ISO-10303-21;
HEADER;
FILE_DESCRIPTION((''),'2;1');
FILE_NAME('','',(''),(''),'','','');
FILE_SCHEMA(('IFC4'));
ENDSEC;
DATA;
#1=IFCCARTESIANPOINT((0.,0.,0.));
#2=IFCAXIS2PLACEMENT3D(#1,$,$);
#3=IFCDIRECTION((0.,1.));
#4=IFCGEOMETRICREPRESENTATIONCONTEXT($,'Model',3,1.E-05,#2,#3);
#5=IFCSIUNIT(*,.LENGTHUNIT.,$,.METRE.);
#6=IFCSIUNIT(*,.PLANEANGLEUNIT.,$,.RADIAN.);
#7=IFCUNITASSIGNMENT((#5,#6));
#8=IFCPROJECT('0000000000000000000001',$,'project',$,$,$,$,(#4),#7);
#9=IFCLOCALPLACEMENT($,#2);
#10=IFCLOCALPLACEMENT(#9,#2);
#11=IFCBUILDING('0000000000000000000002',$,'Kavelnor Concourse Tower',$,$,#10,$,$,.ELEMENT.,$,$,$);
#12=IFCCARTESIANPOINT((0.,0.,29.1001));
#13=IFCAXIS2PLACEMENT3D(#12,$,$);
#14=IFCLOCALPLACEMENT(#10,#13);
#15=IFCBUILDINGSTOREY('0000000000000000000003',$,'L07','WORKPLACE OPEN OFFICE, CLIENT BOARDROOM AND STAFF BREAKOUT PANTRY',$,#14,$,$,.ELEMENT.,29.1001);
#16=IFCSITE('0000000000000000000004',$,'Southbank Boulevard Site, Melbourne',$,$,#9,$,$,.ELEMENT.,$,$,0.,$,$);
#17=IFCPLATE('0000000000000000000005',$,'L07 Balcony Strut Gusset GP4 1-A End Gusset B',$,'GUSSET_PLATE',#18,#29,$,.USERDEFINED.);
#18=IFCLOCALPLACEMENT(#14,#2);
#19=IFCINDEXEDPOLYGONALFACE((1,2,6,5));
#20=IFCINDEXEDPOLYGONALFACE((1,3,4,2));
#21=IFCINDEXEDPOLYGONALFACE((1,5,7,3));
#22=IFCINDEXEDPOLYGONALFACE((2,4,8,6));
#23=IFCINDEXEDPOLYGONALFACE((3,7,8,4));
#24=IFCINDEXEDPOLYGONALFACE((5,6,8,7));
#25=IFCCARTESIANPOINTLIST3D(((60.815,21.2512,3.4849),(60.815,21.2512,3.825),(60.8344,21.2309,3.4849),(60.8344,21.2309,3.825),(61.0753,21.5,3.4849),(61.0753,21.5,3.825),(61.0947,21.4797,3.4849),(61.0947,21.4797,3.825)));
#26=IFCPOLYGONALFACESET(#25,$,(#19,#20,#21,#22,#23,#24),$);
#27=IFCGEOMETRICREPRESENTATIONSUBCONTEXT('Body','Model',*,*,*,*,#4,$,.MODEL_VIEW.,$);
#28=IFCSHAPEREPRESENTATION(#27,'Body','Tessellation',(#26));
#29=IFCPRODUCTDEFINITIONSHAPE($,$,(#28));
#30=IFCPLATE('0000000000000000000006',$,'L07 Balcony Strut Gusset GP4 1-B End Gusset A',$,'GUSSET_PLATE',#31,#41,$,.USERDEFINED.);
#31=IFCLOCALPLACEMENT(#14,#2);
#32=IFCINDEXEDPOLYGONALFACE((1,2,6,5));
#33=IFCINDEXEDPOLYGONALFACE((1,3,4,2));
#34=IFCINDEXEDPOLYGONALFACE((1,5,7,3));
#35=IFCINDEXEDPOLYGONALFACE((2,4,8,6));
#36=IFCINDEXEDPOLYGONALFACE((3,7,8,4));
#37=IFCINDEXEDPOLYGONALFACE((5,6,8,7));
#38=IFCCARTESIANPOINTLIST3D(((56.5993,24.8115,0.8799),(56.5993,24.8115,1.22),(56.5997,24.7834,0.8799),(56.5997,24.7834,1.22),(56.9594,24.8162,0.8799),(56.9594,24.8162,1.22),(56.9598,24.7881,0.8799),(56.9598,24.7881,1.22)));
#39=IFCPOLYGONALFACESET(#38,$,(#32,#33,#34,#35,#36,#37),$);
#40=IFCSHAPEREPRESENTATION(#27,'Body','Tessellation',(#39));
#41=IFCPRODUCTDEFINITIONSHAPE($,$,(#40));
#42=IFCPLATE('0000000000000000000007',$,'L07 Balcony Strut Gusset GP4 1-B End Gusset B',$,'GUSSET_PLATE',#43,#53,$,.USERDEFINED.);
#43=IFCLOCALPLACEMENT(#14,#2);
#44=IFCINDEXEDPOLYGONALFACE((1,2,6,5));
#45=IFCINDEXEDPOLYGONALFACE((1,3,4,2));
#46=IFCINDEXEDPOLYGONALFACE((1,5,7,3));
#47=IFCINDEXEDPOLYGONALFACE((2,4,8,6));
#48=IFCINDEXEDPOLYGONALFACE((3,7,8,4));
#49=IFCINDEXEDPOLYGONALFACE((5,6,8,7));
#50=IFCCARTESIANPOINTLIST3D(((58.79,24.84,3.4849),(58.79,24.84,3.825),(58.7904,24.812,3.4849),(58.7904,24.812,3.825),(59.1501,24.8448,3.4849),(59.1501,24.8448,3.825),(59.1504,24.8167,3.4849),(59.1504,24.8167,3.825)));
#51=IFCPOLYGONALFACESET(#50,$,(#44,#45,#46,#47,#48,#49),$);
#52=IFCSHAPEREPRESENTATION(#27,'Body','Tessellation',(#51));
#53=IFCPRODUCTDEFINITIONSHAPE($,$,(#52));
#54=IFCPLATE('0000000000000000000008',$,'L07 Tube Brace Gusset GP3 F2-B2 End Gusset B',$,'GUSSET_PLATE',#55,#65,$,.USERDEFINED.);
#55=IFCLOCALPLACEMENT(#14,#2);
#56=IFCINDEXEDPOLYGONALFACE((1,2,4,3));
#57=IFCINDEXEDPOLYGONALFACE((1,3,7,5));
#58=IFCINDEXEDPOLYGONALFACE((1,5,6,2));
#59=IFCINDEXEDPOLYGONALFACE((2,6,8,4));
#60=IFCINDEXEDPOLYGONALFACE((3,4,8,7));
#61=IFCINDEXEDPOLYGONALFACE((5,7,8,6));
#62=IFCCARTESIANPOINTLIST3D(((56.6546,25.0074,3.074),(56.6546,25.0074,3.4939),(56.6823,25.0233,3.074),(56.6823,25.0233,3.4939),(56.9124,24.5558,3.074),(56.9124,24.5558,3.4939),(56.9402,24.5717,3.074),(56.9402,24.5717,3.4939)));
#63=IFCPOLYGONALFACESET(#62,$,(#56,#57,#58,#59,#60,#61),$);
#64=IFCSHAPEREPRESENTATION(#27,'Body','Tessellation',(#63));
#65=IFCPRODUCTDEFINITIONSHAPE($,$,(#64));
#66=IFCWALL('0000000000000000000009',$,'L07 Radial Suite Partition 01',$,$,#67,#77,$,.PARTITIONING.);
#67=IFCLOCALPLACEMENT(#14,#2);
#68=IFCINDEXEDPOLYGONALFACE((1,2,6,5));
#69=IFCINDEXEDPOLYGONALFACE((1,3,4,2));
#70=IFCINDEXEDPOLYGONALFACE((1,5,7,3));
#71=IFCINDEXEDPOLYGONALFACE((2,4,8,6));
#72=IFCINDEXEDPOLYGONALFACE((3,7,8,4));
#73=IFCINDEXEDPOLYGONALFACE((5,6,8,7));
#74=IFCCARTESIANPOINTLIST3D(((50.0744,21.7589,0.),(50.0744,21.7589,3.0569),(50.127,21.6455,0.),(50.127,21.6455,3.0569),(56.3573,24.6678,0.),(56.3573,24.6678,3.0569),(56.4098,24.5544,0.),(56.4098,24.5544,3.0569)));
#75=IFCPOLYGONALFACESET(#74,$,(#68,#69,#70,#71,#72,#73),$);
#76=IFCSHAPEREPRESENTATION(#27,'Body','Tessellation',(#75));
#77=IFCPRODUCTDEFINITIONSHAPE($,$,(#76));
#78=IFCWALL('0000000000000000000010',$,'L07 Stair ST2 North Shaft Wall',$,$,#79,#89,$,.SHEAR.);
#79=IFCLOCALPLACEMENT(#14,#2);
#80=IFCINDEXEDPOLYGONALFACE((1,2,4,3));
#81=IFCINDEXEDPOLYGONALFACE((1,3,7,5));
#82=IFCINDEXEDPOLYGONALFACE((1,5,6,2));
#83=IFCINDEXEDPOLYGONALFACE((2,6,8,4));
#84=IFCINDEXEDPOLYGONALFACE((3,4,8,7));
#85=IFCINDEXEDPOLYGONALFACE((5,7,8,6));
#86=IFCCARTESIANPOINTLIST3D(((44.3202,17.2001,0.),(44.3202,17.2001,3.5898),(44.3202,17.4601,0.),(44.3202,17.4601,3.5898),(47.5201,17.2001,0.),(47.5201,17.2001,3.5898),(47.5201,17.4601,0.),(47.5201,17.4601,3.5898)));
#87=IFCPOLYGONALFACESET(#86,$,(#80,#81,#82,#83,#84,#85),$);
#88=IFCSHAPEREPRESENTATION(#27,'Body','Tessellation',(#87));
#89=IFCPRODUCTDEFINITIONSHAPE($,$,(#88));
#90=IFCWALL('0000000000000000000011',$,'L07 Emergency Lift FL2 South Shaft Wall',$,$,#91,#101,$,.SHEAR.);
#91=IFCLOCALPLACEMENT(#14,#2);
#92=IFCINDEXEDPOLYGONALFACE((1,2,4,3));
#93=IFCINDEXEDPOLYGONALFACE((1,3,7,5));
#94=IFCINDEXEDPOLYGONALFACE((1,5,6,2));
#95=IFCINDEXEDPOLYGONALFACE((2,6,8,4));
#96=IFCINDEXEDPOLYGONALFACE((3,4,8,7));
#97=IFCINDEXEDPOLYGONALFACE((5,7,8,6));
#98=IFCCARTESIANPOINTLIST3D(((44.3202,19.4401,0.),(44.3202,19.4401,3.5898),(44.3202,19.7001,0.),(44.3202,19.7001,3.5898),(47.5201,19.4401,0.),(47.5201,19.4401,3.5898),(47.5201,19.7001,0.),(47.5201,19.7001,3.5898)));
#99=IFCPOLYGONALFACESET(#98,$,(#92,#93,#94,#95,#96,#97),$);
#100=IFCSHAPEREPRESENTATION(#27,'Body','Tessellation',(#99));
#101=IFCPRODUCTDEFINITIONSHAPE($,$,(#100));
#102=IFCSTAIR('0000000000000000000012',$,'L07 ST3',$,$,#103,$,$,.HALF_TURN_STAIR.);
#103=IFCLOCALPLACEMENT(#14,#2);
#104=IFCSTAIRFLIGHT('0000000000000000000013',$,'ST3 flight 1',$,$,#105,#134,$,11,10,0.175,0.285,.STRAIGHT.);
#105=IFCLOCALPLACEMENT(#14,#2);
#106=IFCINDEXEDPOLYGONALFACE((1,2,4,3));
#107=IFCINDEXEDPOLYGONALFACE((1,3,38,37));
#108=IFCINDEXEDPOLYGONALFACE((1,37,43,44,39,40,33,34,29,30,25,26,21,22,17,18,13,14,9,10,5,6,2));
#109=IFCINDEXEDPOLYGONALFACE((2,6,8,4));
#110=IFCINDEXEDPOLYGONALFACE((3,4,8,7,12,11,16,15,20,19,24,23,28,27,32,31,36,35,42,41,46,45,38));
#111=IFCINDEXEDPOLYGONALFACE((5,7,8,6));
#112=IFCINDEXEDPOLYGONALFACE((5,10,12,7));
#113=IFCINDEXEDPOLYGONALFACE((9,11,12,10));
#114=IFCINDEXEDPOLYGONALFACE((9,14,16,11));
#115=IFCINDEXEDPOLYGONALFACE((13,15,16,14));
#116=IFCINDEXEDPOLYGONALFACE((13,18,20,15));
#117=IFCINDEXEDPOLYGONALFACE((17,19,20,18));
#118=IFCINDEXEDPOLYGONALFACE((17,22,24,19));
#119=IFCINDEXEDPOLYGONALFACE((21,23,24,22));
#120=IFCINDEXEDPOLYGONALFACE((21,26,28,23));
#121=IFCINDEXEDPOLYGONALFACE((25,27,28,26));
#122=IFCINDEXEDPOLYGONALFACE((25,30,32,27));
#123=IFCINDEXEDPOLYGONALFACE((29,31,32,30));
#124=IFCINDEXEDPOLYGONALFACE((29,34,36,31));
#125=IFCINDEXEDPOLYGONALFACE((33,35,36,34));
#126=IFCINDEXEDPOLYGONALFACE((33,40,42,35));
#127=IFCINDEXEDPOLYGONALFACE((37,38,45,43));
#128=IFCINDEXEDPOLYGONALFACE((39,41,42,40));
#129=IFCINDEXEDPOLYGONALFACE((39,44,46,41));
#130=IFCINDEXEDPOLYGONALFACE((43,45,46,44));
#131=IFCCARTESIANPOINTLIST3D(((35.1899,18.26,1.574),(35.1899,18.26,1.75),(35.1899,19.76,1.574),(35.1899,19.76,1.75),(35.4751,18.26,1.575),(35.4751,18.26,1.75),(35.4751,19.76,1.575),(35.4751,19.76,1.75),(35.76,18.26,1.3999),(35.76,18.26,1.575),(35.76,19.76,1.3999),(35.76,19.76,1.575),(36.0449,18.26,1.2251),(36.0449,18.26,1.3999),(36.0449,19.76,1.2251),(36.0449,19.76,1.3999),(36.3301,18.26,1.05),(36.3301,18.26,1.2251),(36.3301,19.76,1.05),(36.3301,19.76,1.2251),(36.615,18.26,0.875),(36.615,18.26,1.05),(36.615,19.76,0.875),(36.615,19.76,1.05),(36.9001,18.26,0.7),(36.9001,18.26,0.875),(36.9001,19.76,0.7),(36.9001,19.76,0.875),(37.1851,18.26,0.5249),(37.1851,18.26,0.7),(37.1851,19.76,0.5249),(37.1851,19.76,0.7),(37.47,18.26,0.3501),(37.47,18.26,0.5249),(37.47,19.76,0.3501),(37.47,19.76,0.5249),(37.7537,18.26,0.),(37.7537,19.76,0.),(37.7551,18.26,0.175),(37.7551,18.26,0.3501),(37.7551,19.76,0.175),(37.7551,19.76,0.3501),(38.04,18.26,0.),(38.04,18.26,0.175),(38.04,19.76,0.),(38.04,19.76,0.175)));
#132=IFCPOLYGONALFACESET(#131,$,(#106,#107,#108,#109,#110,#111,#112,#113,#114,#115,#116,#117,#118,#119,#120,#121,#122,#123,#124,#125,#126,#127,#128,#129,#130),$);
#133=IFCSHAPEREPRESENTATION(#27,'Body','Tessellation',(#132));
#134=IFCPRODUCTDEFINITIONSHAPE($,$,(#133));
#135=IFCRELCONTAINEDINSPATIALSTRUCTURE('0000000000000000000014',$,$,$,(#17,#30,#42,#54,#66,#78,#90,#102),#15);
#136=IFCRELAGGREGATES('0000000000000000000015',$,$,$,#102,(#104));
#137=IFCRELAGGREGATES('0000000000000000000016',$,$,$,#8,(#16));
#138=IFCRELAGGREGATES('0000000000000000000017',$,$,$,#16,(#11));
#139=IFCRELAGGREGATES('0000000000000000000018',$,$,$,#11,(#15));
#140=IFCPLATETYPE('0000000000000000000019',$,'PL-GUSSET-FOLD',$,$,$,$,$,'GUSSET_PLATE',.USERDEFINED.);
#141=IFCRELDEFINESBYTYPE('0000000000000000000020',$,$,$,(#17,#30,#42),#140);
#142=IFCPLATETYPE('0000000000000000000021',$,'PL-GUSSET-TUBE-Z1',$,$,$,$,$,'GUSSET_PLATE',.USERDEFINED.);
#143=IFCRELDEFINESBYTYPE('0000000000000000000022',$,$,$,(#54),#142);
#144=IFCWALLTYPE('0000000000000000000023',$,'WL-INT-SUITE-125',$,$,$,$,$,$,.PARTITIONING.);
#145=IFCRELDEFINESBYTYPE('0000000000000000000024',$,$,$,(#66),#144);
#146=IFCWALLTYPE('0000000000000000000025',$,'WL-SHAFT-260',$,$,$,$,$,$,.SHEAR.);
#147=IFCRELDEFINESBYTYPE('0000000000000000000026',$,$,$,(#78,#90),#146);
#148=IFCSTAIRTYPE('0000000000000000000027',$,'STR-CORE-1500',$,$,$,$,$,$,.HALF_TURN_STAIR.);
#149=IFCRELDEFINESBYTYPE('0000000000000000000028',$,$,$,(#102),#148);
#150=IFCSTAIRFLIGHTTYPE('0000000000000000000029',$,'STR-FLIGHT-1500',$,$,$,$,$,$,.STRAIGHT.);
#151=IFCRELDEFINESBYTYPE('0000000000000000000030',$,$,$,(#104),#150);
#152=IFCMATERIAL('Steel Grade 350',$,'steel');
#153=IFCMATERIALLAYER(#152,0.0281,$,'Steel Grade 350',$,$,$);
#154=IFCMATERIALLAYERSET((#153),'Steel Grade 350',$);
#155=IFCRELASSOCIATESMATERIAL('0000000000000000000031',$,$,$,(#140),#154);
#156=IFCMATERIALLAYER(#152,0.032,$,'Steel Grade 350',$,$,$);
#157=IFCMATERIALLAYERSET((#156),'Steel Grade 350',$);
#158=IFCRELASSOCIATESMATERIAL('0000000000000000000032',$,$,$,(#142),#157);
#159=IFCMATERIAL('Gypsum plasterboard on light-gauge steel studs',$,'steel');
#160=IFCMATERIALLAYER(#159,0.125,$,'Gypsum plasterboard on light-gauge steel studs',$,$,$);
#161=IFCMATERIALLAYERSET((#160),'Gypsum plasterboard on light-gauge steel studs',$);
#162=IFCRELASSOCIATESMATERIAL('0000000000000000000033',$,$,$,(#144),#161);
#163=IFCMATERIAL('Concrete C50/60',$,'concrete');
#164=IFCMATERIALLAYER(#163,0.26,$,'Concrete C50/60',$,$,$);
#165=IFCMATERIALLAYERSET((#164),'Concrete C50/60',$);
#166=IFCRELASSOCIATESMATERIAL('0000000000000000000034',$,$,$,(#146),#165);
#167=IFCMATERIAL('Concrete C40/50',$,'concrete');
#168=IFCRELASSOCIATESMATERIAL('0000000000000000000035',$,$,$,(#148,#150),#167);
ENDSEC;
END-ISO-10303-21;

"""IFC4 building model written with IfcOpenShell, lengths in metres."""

from ifc_helpers import new_model, si_unit, direction, frame, frame_2d, origin, origin_2d, place, context, subcontext, project, spatial, polyline, rectangle, outline, extrude, material, layer, layer_set, type_object, element, aggregate, save


model = new_model("IFC4")

# Units and contexts
model_context = context("Model", 3, precision=1e-05, world=origin(), true_north=direction((0.0, 1.0)))
body_context = subcontext(model_context, "Body", "Model", "MODEL_VIEW")
ifc_project = project(units=[si_unit("LENGTHUNIT", "METRE"), si_unit("PLANEANGLEUNIT", "RADIAN")], contexts=[model_context])

# Site, building, storey
site_placement = place(None, origin())
site = spatial("IfcSite", under=ifc_project, at=site_placement, Name="Southbank Boulevard Site, Melbourne", CompositionType="ELEMENT", RefElevation=0.0)
building_placement = place(site_placement, origin())
building = spatial("IfcBuilding", under=site, at=building_placement, Name="Kavelnor Concourse Tower", CompositionType="ELEMENT")
storey_placement = place(building_placement, frame((0.0, 0.0, 29.1001)))
storey = spatial("IfcBuildingStorey", under=building, at=storey_placement, Name="L07", Description="WORKPLACE OPEN OFFICE, CLIENT BOARDROOM AND STAFF BREAKOUT PANTRY", CompositionType="ELEMENT", Elevation=29.1001)

# Shared definitions
ifc_material_1 = material(Name="Steel Grade 350", Category="steel")

# Plates
ifc_layer_1 = layer(ifc_material_1, 0.0281, Name="Steel Grade 350")
ifc_layer_set_1 = layer_set([ifc_layer_1], Name="Steel Grade 350")
plate_type_1 = type_object("IfcPlateType", Name="PL-GUSSET-FOLD", ElementType="GUSSET_PLATE", PredefinedType="USERDEFINED", material=ifc_layer_set_1)
for number, where, z_axis, x_axis, name in (
    (1, (60.9548, 21.3655, 3.4849), (0.0, 0.0, 1.0), (0.722847, 0.691009, 0.0), "L07 Balcony Strut Gusset GP4 1-A End Gusset B"),
    (2, (56.7795, 24.7998, 0.8799), (0.0, 0.0, 1.0), (0.999914, 0.01309, 0.0), "L07 Balcony Strut Gusset GP4 1-B End Gusset A"),
    (3, (58.9702, 24.8284, 3.4849), (0.0, 0.0, 1.0), (0.999914, 0.01309, 0.0), "L07 Balcony Strut Gusset GP4 1-B End Gusset B"),
):
    element("IfcPlate", number, at=place(storey_placement, frame(where, z_axis=z_axis, x_axis=x_axis)), inside=storey, type_object=plate_type_1, Name=name, ObjectType="GUSSET_PLATE", PredefinedType="USERDEFINED", context=body_context, shape_type="SweptSolid", body=[
        extrude(rectangle(XDim=0.3601, YDim=0.0281, at=origin_2d()), origin(), (0.0, 0.0, 1.0), 0.3401),
    ])
ifc_layer_2 = layer(ifc_material_1, 0.032, Name="Steel Grade 350")
ifc_layer_set_2 = layer_set([ifc_layer_2], Name="Steel Grade 350")
plate_type_2 = type_object("IfcPlateType", Name="PL-GUSSET-TUBE-Z1", ElementType="GUSSET_PLATE", PredefinedType="USERDEFINED", material=ifc_layer_set_2)
plate_placement = place(storey_placement, frame((56.7974, 24.7896, 3.074), z_axis=(0.0, 0.0, 1.0), x_axis=(0.495762, -0.868459, 0.0)))
element("IfcPlate", 4, at=plate_placement, inside=storey, type_object=plate_type_2, Name="L07 Tube Brace Gusset GP3 F2-B2 End Gusset B", ObjectType="GUSSET_PLATE", PredefinedType="USERDEFINED", context=body_context, shape_type="SweptSolid", body=[
    extrude(rectangle(XDim=0.52, YDim=0.032, at=origin_2d()), origin(), (0.0, 0.0, 1.0), 0.4199),
])

# Walls
ifc_material_2 = material(Name="Gypsum plasterboard on light-gauge steel studs", Category="steel")
ifc_layer_3 = layer(ifc_material_2, 0.125, Name="Gypsum plasterboard on light-gauge steel studs")
ifc_layer_set_3 = layer_set([ifc_layer_3], Name="Gypsum plasterboard on light-gauge steel studs")
wall_type_1 = type_object("IfcWallType", Name="WL-INT-SUITE-125", PredefinedType="PARTITIONING", material=ifc_layer_set_3)
wall_placement = place(storey_placement, frame((50.1006, 21.7021, 0.0), z_axis=(0.0, 0.0, 1.0), x_axis=(0.907458, 0.420142, 0.0)))
element("IfcWall", 5, at=wall_placement, inside=storey, type_object=wall_type_1, Name="L07 Radial Suite Partition 01", PredefinedType="PARTITIONING", context=body_context, shape_type="SweptSolid", body=[
    extrude(rectangle(XDim=6.9236, YDim=0.125, at=frame_2d((3.4619, 0.0))), origin(), (0.0, 0.0, 1.0), 3.0569),
])
ifc_material_3 = material(Name="Concrete C50/60", Category="concrete")
ifc_layer_4 = layer(ifc_material_3, 0.26, Name="Concrete C50/60")
ifc_layer_set_4 = layer_set([ifc_layer_4], Name="Concrete C50/60")
wall_type_2 = type_object("IfcWallType", Name="WL-SHAFT-260", PredefinedType="SHEAR", material=ifc_layer_set_4)
for number, where, z_axis, x_axis, name in (
    (6, (44.3201, 17.3301, 0.0), (0.0, 0.0, 1.0), (1.0, 0.0, 0.0), "L07 Stair ST2 North Shaft Wall"),
    (7, (44.3201, 19.5701, 0.0), (0.0, 0.0, 1.0), (1.0, 0.0, 0.0), "L07 Emergency Lift FL2 South Shaft Wall"),
):
    element("IfcWall", number, at=place(storey_placement, frame(where, z_axis=z_axis, x_axis=x_axis)), inside=storey, type_object=wall_type_2, Name=name, PredefinedType="SHEAR", context=body_context, shape_type="SweptSolid", body=[
        extrude(rectangle(XDim=3.2, YDim=0.26, at=frame_2d((1.6001, 0.0))), origin(), (0.0, 0.0, 1.0), 3.5898),
    ])

# Stair, stair flight
ifc_material_4 = material(Name="Concrete C40/50", Category="concrete")
stair_type = type_object("IfcStairType", Name="STR-CORE-1500", PredefinedType="HALF_TURN_STAIR", material=ifc_material_4)
stair_placement = place(storey_placement, origin())
stair = element("IfcStair", 8, at=stair_placement, inside=storey, type_object=stair_type, Name="L07 ST3", PredefinedType="HALF_TURN_STAIR")
stair_flight_type = type_object("IfcStairFlightType", Name="STR-FLIGHT-1500", PredefinedType="STRAIGHT", material=ifc_material_4)
stair_flight_placement = place(storey_placement, frame((38.04, 19.01, 0.0), z_axis=(0.0, 0.0, 1.0), x_axis=(-1.0, 0.0, 0.0)))
stair_flight = element("IfcStairFlight", 9, at=stair_flight_placement, type_object=stair_flight_type, Name="ST3 flight 1", NumberOfRisers=11, NumberOfTreads=10, PredefinedType="STRAIGHT", RiserHeight=0.175, TreadLength=0.285, context=body_context, shape_type="SweptSolid", body=[
    extrude(outline(polyline([(0.0, 0.0), (0.0, 0.175), (0.2849, 0.175), (0.2849, 0.3501), (0.5701, 0.3501), (0.5701, 0.5249), (0.855, 0.5249), (0.855, 0.7), (1.1399, 0.7), (1.1399, 0.875), (1.425, 0.875), (1.425, 1.05), (1.71, 1.05), (1.71, 1.2251), (1.9951, 1.2251), (1.9951, 1.3999), (2.28, 1.3999), (2.28, 1.575), (2.5649, 1.575), (2.5649, 1.75), (2.8501, 1.75), (2.8501, 1.925), (2.8501, 1.574), (0.2864, 0.0), (0.0, 0.0)])), frame((0.0, 0.75, 0.0), z_axis=(0.0, -1.0, 0.0), x_axis=(1.0, 0.0, 0.0)), (0.0, 0.0, 1.0), 1.5),
])
aggregate(stair, [stair_flight])

save(model, "model.ifc")
